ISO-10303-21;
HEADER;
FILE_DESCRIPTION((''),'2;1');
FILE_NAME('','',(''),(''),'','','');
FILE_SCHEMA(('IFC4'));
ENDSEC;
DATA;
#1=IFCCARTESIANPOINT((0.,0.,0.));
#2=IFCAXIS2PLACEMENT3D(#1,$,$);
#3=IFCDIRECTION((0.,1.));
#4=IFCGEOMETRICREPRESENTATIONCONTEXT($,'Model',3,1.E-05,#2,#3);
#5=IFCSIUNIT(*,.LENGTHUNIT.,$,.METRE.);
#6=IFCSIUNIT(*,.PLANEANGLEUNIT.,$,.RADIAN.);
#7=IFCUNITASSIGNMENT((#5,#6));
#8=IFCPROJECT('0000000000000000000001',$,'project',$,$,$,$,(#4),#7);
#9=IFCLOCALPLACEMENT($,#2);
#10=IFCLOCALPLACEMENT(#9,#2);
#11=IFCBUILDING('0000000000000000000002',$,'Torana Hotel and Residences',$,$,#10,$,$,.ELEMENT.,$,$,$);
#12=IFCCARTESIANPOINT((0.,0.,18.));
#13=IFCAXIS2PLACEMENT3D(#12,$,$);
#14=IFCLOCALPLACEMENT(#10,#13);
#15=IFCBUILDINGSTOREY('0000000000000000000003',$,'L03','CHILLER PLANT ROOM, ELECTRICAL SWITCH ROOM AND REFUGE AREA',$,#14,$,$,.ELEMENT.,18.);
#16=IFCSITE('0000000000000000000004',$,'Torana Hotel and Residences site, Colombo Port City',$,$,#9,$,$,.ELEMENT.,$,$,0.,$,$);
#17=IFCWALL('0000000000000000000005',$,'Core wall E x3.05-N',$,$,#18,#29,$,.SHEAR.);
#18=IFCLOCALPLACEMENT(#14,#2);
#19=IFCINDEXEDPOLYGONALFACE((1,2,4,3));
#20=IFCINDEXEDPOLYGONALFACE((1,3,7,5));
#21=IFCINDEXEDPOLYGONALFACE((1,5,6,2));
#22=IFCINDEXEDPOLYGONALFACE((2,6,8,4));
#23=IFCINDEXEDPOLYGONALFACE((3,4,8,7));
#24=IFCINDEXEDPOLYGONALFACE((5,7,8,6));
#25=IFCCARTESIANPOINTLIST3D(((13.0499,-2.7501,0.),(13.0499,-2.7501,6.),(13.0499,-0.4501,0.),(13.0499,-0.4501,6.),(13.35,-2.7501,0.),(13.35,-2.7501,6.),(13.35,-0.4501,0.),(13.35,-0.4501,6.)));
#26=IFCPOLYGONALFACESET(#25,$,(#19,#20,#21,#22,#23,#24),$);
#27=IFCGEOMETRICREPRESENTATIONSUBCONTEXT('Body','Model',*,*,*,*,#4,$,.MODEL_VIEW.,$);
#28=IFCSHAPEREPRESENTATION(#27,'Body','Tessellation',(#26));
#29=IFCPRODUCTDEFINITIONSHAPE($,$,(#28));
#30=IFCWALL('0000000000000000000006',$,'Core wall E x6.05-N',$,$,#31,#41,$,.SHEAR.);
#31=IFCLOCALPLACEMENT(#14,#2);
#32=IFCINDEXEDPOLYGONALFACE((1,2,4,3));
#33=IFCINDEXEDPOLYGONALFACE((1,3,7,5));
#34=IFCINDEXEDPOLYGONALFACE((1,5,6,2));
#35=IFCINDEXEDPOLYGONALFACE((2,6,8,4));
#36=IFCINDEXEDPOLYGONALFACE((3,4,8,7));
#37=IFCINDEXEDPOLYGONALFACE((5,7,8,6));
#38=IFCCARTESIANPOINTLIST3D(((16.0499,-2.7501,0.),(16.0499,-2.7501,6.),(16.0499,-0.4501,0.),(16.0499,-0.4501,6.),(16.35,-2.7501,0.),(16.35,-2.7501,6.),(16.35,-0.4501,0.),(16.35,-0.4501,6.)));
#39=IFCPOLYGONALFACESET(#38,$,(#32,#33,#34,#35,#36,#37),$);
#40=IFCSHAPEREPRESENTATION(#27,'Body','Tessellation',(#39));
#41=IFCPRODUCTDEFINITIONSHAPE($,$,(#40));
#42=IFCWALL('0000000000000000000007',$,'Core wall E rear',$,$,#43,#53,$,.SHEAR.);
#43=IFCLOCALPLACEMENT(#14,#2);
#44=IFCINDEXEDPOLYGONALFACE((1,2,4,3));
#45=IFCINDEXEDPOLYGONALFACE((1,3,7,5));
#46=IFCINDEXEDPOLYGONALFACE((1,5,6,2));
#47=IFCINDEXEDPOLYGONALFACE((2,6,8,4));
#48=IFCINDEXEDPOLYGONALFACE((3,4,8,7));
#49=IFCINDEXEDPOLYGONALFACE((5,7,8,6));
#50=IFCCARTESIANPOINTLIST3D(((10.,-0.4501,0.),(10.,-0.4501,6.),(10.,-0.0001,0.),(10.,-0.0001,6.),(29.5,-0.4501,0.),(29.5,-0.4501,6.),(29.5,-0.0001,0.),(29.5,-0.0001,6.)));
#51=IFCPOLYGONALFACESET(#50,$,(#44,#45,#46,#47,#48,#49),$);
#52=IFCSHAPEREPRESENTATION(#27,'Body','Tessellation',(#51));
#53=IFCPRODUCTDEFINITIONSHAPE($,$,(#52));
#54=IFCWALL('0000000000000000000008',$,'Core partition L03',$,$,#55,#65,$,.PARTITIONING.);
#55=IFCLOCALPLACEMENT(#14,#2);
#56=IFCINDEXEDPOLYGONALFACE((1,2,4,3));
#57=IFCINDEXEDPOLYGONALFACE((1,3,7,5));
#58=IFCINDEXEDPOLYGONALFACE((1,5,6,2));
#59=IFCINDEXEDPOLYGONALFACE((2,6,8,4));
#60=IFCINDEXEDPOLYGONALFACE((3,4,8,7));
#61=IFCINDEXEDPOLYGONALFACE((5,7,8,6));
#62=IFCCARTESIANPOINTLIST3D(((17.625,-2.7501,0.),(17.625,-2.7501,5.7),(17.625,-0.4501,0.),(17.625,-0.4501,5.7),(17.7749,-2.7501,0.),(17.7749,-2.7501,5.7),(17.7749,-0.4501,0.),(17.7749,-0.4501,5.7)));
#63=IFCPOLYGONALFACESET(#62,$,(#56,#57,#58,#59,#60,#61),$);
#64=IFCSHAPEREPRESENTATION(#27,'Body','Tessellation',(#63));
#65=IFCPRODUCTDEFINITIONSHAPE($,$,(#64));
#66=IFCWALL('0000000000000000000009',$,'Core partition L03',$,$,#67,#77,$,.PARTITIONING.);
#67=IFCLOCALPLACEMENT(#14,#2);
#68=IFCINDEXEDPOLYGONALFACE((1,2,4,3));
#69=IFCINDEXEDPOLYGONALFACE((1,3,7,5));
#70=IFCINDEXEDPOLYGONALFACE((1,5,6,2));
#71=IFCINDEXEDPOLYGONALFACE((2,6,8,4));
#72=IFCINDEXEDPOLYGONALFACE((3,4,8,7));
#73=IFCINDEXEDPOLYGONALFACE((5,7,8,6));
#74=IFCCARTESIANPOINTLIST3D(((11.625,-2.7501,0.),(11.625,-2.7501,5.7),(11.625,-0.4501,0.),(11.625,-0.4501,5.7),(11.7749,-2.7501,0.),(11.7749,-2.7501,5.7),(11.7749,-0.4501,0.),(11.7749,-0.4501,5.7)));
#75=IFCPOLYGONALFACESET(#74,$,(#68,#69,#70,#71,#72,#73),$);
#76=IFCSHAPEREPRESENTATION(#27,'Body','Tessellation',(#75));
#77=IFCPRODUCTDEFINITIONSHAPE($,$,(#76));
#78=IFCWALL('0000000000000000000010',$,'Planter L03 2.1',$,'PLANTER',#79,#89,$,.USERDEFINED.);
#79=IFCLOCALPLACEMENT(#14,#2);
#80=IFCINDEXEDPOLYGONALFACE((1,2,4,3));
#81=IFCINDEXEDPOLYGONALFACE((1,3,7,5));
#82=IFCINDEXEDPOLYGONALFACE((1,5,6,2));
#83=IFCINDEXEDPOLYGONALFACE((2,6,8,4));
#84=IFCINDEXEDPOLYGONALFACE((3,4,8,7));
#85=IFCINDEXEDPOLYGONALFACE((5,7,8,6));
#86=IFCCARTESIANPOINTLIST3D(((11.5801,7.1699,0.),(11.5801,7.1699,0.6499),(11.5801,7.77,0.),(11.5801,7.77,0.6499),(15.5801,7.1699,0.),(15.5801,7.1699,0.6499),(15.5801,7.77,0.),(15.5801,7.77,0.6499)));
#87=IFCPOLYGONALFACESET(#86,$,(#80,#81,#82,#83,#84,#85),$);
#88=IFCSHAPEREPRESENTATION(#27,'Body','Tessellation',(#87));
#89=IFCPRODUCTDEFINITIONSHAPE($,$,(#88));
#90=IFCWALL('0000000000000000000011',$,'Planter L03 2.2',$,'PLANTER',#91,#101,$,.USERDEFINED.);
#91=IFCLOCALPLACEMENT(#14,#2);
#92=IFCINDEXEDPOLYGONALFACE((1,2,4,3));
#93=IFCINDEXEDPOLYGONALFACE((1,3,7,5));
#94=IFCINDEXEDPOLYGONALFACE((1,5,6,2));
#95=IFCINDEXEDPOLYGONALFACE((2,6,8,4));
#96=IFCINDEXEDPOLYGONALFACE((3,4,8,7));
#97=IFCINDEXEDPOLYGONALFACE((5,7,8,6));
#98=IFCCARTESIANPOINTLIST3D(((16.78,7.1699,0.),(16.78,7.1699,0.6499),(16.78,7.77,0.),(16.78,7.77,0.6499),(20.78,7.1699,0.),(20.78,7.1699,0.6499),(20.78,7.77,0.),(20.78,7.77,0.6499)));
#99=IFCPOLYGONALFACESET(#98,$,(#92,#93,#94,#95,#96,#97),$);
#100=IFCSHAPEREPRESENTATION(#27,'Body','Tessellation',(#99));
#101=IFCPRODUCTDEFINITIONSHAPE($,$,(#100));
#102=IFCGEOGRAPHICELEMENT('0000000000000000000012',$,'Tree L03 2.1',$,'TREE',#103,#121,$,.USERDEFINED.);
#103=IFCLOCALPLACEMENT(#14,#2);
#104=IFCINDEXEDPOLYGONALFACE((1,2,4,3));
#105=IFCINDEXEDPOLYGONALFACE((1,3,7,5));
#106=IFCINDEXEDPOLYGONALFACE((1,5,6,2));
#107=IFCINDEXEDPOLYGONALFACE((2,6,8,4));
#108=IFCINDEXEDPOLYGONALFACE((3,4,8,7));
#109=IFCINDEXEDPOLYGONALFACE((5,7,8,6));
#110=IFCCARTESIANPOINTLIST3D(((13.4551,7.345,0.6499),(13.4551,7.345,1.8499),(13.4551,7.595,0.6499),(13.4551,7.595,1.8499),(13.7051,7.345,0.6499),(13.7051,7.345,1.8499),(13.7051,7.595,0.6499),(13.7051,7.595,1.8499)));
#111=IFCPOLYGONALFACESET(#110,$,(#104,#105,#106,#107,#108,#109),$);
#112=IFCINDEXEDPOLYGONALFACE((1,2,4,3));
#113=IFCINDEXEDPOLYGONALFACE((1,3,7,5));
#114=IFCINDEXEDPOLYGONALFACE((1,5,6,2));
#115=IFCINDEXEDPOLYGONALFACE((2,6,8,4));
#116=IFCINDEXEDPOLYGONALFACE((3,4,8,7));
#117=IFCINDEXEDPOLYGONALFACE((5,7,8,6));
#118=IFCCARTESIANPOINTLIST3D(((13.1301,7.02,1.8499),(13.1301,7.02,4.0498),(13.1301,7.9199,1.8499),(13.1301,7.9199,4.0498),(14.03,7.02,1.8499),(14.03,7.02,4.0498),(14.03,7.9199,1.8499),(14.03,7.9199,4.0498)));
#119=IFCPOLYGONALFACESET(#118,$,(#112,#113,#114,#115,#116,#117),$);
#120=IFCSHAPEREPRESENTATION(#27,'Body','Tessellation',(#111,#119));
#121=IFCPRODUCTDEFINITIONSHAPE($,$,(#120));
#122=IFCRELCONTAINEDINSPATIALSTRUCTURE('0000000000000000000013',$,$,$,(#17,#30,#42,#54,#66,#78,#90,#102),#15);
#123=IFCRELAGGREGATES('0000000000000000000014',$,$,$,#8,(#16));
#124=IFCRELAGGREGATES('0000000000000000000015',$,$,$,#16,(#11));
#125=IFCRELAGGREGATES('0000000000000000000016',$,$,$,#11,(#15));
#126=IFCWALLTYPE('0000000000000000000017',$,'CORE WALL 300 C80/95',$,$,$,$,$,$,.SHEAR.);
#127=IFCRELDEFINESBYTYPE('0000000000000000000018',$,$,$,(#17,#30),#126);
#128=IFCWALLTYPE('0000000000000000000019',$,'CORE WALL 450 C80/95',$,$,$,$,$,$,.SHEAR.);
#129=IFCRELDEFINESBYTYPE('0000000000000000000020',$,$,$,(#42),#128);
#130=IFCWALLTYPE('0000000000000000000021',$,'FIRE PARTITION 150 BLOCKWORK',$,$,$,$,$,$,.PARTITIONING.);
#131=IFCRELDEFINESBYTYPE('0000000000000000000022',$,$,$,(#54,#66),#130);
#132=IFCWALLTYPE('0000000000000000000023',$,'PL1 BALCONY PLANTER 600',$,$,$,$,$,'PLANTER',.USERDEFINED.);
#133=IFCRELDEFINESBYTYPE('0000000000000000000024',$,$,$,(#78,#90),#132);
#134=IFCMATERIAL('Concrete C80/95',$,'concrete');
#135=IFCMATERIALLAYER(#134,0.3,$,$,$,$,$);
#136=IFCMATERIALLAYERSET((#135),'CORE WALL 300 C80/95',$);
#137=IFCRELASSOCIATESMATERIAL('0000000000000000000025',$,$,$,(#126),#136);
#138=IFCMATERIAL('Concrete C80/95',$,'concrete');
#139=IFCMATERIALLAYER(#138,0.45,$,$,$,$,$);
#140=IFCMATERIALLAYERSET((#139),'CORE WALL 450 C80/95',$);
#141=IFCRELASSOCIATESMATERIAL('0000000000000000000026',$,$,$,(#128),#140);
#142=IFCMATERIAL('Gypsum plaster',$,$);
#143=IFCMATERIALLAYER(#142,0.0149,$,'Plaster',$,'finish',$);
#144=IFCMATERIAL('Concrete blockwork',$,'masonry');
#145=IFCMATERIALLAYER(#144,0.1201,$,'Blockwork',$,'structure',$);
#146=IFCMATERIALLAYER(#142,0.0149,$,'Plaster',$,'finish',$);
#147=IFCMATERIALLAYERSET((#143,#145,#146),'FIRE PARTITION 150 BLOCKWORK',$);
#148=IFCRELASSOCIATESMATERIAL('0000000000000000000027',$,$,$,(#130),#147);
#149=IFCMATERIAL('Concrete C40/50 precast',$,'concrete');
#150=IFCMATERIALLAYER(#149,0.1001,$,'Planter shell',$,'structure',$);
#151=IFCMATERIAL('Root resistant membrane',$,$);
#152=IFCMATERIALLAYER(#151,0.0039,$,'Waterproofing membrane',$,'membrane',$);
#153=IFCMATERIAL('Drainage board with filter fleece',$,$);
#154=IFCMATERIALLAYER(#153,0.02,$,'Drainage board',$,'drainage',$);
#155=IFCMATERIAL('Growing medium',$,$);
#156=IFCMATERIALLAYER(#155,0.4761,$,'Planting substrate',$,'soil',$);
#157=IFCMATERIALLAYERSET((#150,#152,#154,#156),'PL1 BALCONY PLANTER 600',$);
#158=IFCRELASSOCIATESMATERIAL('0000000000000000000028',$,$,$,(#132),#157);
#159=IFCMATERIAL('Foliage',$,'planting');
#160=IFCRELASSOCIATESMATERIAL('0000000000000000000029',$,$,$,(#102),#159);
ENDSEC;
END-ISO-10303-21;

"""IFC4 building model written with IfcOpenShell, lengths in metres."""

from ifc_helpers import new_model, si_unit, direction, frame, frame_2d, origin, origin_2d, place, context, subcontext, project, spatial, rectangle, extrude, material, layer, layer_set, type_object, element, save


model = new_model("IFC4")

# Units and contexts
model_context = context("Model", 3, precision=1e-05, world=origin(), true_north=direction((0.0, 1.0)))
body_context = subcontext(model_context, "Body", "Model", "MODEL_VIEW")
ifc_project = project(units=[si_unit("LENGTHUNIT", "METRE"), si_unit("PLANEANGLEUNIT", "RADIAN")], contexts=[model_context])

# Site, building, storey
site_placement = place(None, origin())
site = spatial("IfcSite", under=ifc_project, at=site_placement, Name="Torana Hotel and Residences site, Colombo Port City", CompositionType="ELEMENT", RefElevation=0.0)
building_placement = place(site_placement, origin())
building = spatial("IfcBuilding", under=site, at=building_placement, Name="Torana Hotel and Residences", CompositionType="ELEMENT")
storey_placement = place(building_placement, frame((0.0, 0.0, 18.0)))
storey = spatial("IfcBuildingStorey", under=building, at=storey_placement, Name="L03", Description="CHILLER PLANT ROOM, ELECTRICAL SWITCH ROOM AND REFUGE AREA", CompositionType="ELEMENT", Elevation=18.0)

# Shared definitions
ifc_material_1 = material(Name="Concrete C80/95", Category="concrete")
ifc_layer_1 = layer(ifc_material_1, 0.3)
ifc_layer_set_1 = layer_set([ifc_layer_1], Name="CORE WALL 300 C80/95")
wall_type_1 = type_object("IfcWallType", Name="CORE WALL 300 C80/95", PredefinedType="SHEAR", material=ifc_layer_set_1)

# Walls
for number, where, z_axis, x_axis, name in (
    (1, (13.2, -2.75, 0.0), (0.0, 0.0, 1.0), (0.0, 1.0, 0.0), "Core wall E x3.05-N"),
    (2, (16.2, -2.75, 0.0), (0.0, 0.0, 1.0), (0.0, 1.0, 0.0), "Core wall E x6.05-N"),
):
    element("IfcWall", number, at=place(storey_placement, frame(where, z_axis=z_axis, x_axis=x_axis)), inside=storey, type_object=wall_type_1, Name=name, PredefinedType="SHEAR", context=body_context, shape_type="SweptSolid", body=[
        extrude(rectangle(XDim=2.3, YDim=0.3, at=frame_2d((1.1499, 0.0))), origin(), (0.0, 0.0, 1.0), 6.0),
    ])
ifc_material_2 = material(Name="Concrete C80/95", Category="concrete")
ifc_layer_2 = layer(ifc_material_2, 0.45)
ifc_layer_set_2 = layer_set([ifc_layer_2], Name="CORE WALL 450 C80/95")
wall_type_2 = type_object("IfcWallType", Name="CORE WALL 450 C80/95", PredefinedType="SHEAR", material=ifc_layer_set_2)
wall_1_placement = place(storey_placement, frame((10.0, -0.2251, 0.0), z_axis=(0.0, 0.0, 1.0), x_axis=(1.0, 0.0, 0.0)))
element("IfcWall", 3, at=wall_1_placement, inside=storey, type_object=wall_type_2, Name="Core wall E rear", PredefinedType="SHEAR", context=body_context, shape_type="SweptSolid", body=[
    extrude(rectangle(XDim=19.5, YDim=0.45, at=frame_2d((9.75, 0.0))), origin(), (0.0, 0.0, 1.0), 6.0),
])
ifc_material_3 = material(Name="Gypsum plaster")
ifc_layer_3 = layer(ifc_material_3, 0.0149, Name="Plaster", Category="finish")
ifc_material_4 = material(Name="Concrete blockwork", Category="masonry")
ifc_layer_4 = layer(ifc_material_4, 0.1201, Name="Blockwork", Category="structure")
ifc_layer_5 = layer(ifc_material_3, 0.0149, Name="Plaster", Category="finish")
ifc_layer_set_3 = layer_set([ifc_layer_3, ifc_layer_4, ifc_layer_5], Name="FIRE PARTITION 150 BLOCKWORK")
wall_type_3 = type_object("IfcWallType", Name="FIRE PARTITION 150 BLOCKWORK", PredefinedType="PARTITIONING", material=ifc_layer_set_3)
for number, where, z_axis, x_axis, name in (
    (4, (17.7, -2.75, 0.0), (0.0, 0.0, 1.0), (0.0, 1.0, 0.0), "Core partition L03"),
    (5, (11.7, -2.75, 0.0), (0.0, 0.0, 1.0), (0.0, 1.0, 0.0), "Core partition L03"),
):
    element("IfcWall", number, at=place(storey_placement, frame(where, z_axis=z_axis, x_axis=x_axis)), inside=storey, type_object=wall_type_3, Name=name, PredefinedType="PARTITIONING", context=body_context, shape_type="SweptSolid", body=[
        extrude(rectangle(XDim=2.3, YDim=0.1499, at=frame_2d((1.1499, 0.0))), origin(), (0.0, 0.0, 1.0), 5.7),
    ])
ifc_material_5 = material(Name="Concrete C40/50 precast", Category="concrete")
ifc_layer_6 = layer(ifc_material_5, 0.1001, Name="Planter shell", Category="structure")
ifc_material_6 = material(Name="Root resistant membrane")
ifc_layer_7 = layer(ifc_material_6, 0.0039, Name="Waterproofing membrane", Category="membrane")
ifc_material_7 = material(Name="Drainage board with filter fleece")
ifc_layer_8 = layer(ifc_material_7, 0.02, Name="Drainage board", Category="drainage")
ifc_material_8 = material(Name="Growing medium")
ifc_layer_9 = layer(ifc_material_8, 0.4761, Name="Planting substrate", Category="soil")
ifc_layer_set_4 = layer_set([ifc_layer_6, ifc_layer_7, ifc_layer_8, ifc_layer_9], Name="PL1 BALCONY PLANTER 600")
wall_type_4 = type_object("IfcWallType", Name="PL1 BALCONY PLANTER 600", ElementType="PLANTER", PredefinedType="USERDEFINED", material=ifc_layer_set_4)
for number, where, z_axis, x_axis, name in (
    (6, (11.5801, 7.47, 0.0), (0.0, 0.0, 1.0), (1.0, 0.0, 0.0), "Planter L03 2.1"),
    (7, (16.78, 7.47, 0.0), (0.0, 0.0, 1.0), (1.0, 0.0, 0.0), "Planter L03 2.2"),
):
    element("IfcWall", number, at=place(storey_placement, frame(where, z_axis=z_axis, x_axis=x_axis)), inside=storey, type_object=wall_type_4, Name=name, ObjectType="PLANTER", PredefinedType="USERDEFINED", context=body_context, shape_type="SweptSolid", body=[
        extrude(rectangle(XDim=4.0, YDim=0.6001, at=frame_2d((2.0, 0.0))), origin(), (0.0, 0.0, 1.0), 0.6499),
    ])

# Geographic element
ifc_material_9 = material(Name="Foliage", Category="planting")
geographic_element_placement = place(storey_placement, frame((13.5801, 7.47, 0.6499), z_axis=(0.0, 0.0, 1.0), x_axis=(1.0, 0.0, 0.0)))
element("IfcGeographicElement", 8, at=geographic_element_placement, inside=storey, material=ifc_material_9, Name="Tree L03 2.1", ObjectType="TREE", PredefinedType="USERDEFINED", context=body_context, shape_type="SweptSolid", body=[
    extrude(rectangle(XDim=0.25, YDim=0.25, at=origin_2d()), origin(), (0.0, 0.0, 1.0), 1.2),
    extrude(rectangle(XDim=0.8999, YDim=0.8999, at=origin_2d()), frame((0.0, 0.0, 1.2)), (0.0, 0.0, 1.0), 2.2),
])

save(model, "model.ifc")
